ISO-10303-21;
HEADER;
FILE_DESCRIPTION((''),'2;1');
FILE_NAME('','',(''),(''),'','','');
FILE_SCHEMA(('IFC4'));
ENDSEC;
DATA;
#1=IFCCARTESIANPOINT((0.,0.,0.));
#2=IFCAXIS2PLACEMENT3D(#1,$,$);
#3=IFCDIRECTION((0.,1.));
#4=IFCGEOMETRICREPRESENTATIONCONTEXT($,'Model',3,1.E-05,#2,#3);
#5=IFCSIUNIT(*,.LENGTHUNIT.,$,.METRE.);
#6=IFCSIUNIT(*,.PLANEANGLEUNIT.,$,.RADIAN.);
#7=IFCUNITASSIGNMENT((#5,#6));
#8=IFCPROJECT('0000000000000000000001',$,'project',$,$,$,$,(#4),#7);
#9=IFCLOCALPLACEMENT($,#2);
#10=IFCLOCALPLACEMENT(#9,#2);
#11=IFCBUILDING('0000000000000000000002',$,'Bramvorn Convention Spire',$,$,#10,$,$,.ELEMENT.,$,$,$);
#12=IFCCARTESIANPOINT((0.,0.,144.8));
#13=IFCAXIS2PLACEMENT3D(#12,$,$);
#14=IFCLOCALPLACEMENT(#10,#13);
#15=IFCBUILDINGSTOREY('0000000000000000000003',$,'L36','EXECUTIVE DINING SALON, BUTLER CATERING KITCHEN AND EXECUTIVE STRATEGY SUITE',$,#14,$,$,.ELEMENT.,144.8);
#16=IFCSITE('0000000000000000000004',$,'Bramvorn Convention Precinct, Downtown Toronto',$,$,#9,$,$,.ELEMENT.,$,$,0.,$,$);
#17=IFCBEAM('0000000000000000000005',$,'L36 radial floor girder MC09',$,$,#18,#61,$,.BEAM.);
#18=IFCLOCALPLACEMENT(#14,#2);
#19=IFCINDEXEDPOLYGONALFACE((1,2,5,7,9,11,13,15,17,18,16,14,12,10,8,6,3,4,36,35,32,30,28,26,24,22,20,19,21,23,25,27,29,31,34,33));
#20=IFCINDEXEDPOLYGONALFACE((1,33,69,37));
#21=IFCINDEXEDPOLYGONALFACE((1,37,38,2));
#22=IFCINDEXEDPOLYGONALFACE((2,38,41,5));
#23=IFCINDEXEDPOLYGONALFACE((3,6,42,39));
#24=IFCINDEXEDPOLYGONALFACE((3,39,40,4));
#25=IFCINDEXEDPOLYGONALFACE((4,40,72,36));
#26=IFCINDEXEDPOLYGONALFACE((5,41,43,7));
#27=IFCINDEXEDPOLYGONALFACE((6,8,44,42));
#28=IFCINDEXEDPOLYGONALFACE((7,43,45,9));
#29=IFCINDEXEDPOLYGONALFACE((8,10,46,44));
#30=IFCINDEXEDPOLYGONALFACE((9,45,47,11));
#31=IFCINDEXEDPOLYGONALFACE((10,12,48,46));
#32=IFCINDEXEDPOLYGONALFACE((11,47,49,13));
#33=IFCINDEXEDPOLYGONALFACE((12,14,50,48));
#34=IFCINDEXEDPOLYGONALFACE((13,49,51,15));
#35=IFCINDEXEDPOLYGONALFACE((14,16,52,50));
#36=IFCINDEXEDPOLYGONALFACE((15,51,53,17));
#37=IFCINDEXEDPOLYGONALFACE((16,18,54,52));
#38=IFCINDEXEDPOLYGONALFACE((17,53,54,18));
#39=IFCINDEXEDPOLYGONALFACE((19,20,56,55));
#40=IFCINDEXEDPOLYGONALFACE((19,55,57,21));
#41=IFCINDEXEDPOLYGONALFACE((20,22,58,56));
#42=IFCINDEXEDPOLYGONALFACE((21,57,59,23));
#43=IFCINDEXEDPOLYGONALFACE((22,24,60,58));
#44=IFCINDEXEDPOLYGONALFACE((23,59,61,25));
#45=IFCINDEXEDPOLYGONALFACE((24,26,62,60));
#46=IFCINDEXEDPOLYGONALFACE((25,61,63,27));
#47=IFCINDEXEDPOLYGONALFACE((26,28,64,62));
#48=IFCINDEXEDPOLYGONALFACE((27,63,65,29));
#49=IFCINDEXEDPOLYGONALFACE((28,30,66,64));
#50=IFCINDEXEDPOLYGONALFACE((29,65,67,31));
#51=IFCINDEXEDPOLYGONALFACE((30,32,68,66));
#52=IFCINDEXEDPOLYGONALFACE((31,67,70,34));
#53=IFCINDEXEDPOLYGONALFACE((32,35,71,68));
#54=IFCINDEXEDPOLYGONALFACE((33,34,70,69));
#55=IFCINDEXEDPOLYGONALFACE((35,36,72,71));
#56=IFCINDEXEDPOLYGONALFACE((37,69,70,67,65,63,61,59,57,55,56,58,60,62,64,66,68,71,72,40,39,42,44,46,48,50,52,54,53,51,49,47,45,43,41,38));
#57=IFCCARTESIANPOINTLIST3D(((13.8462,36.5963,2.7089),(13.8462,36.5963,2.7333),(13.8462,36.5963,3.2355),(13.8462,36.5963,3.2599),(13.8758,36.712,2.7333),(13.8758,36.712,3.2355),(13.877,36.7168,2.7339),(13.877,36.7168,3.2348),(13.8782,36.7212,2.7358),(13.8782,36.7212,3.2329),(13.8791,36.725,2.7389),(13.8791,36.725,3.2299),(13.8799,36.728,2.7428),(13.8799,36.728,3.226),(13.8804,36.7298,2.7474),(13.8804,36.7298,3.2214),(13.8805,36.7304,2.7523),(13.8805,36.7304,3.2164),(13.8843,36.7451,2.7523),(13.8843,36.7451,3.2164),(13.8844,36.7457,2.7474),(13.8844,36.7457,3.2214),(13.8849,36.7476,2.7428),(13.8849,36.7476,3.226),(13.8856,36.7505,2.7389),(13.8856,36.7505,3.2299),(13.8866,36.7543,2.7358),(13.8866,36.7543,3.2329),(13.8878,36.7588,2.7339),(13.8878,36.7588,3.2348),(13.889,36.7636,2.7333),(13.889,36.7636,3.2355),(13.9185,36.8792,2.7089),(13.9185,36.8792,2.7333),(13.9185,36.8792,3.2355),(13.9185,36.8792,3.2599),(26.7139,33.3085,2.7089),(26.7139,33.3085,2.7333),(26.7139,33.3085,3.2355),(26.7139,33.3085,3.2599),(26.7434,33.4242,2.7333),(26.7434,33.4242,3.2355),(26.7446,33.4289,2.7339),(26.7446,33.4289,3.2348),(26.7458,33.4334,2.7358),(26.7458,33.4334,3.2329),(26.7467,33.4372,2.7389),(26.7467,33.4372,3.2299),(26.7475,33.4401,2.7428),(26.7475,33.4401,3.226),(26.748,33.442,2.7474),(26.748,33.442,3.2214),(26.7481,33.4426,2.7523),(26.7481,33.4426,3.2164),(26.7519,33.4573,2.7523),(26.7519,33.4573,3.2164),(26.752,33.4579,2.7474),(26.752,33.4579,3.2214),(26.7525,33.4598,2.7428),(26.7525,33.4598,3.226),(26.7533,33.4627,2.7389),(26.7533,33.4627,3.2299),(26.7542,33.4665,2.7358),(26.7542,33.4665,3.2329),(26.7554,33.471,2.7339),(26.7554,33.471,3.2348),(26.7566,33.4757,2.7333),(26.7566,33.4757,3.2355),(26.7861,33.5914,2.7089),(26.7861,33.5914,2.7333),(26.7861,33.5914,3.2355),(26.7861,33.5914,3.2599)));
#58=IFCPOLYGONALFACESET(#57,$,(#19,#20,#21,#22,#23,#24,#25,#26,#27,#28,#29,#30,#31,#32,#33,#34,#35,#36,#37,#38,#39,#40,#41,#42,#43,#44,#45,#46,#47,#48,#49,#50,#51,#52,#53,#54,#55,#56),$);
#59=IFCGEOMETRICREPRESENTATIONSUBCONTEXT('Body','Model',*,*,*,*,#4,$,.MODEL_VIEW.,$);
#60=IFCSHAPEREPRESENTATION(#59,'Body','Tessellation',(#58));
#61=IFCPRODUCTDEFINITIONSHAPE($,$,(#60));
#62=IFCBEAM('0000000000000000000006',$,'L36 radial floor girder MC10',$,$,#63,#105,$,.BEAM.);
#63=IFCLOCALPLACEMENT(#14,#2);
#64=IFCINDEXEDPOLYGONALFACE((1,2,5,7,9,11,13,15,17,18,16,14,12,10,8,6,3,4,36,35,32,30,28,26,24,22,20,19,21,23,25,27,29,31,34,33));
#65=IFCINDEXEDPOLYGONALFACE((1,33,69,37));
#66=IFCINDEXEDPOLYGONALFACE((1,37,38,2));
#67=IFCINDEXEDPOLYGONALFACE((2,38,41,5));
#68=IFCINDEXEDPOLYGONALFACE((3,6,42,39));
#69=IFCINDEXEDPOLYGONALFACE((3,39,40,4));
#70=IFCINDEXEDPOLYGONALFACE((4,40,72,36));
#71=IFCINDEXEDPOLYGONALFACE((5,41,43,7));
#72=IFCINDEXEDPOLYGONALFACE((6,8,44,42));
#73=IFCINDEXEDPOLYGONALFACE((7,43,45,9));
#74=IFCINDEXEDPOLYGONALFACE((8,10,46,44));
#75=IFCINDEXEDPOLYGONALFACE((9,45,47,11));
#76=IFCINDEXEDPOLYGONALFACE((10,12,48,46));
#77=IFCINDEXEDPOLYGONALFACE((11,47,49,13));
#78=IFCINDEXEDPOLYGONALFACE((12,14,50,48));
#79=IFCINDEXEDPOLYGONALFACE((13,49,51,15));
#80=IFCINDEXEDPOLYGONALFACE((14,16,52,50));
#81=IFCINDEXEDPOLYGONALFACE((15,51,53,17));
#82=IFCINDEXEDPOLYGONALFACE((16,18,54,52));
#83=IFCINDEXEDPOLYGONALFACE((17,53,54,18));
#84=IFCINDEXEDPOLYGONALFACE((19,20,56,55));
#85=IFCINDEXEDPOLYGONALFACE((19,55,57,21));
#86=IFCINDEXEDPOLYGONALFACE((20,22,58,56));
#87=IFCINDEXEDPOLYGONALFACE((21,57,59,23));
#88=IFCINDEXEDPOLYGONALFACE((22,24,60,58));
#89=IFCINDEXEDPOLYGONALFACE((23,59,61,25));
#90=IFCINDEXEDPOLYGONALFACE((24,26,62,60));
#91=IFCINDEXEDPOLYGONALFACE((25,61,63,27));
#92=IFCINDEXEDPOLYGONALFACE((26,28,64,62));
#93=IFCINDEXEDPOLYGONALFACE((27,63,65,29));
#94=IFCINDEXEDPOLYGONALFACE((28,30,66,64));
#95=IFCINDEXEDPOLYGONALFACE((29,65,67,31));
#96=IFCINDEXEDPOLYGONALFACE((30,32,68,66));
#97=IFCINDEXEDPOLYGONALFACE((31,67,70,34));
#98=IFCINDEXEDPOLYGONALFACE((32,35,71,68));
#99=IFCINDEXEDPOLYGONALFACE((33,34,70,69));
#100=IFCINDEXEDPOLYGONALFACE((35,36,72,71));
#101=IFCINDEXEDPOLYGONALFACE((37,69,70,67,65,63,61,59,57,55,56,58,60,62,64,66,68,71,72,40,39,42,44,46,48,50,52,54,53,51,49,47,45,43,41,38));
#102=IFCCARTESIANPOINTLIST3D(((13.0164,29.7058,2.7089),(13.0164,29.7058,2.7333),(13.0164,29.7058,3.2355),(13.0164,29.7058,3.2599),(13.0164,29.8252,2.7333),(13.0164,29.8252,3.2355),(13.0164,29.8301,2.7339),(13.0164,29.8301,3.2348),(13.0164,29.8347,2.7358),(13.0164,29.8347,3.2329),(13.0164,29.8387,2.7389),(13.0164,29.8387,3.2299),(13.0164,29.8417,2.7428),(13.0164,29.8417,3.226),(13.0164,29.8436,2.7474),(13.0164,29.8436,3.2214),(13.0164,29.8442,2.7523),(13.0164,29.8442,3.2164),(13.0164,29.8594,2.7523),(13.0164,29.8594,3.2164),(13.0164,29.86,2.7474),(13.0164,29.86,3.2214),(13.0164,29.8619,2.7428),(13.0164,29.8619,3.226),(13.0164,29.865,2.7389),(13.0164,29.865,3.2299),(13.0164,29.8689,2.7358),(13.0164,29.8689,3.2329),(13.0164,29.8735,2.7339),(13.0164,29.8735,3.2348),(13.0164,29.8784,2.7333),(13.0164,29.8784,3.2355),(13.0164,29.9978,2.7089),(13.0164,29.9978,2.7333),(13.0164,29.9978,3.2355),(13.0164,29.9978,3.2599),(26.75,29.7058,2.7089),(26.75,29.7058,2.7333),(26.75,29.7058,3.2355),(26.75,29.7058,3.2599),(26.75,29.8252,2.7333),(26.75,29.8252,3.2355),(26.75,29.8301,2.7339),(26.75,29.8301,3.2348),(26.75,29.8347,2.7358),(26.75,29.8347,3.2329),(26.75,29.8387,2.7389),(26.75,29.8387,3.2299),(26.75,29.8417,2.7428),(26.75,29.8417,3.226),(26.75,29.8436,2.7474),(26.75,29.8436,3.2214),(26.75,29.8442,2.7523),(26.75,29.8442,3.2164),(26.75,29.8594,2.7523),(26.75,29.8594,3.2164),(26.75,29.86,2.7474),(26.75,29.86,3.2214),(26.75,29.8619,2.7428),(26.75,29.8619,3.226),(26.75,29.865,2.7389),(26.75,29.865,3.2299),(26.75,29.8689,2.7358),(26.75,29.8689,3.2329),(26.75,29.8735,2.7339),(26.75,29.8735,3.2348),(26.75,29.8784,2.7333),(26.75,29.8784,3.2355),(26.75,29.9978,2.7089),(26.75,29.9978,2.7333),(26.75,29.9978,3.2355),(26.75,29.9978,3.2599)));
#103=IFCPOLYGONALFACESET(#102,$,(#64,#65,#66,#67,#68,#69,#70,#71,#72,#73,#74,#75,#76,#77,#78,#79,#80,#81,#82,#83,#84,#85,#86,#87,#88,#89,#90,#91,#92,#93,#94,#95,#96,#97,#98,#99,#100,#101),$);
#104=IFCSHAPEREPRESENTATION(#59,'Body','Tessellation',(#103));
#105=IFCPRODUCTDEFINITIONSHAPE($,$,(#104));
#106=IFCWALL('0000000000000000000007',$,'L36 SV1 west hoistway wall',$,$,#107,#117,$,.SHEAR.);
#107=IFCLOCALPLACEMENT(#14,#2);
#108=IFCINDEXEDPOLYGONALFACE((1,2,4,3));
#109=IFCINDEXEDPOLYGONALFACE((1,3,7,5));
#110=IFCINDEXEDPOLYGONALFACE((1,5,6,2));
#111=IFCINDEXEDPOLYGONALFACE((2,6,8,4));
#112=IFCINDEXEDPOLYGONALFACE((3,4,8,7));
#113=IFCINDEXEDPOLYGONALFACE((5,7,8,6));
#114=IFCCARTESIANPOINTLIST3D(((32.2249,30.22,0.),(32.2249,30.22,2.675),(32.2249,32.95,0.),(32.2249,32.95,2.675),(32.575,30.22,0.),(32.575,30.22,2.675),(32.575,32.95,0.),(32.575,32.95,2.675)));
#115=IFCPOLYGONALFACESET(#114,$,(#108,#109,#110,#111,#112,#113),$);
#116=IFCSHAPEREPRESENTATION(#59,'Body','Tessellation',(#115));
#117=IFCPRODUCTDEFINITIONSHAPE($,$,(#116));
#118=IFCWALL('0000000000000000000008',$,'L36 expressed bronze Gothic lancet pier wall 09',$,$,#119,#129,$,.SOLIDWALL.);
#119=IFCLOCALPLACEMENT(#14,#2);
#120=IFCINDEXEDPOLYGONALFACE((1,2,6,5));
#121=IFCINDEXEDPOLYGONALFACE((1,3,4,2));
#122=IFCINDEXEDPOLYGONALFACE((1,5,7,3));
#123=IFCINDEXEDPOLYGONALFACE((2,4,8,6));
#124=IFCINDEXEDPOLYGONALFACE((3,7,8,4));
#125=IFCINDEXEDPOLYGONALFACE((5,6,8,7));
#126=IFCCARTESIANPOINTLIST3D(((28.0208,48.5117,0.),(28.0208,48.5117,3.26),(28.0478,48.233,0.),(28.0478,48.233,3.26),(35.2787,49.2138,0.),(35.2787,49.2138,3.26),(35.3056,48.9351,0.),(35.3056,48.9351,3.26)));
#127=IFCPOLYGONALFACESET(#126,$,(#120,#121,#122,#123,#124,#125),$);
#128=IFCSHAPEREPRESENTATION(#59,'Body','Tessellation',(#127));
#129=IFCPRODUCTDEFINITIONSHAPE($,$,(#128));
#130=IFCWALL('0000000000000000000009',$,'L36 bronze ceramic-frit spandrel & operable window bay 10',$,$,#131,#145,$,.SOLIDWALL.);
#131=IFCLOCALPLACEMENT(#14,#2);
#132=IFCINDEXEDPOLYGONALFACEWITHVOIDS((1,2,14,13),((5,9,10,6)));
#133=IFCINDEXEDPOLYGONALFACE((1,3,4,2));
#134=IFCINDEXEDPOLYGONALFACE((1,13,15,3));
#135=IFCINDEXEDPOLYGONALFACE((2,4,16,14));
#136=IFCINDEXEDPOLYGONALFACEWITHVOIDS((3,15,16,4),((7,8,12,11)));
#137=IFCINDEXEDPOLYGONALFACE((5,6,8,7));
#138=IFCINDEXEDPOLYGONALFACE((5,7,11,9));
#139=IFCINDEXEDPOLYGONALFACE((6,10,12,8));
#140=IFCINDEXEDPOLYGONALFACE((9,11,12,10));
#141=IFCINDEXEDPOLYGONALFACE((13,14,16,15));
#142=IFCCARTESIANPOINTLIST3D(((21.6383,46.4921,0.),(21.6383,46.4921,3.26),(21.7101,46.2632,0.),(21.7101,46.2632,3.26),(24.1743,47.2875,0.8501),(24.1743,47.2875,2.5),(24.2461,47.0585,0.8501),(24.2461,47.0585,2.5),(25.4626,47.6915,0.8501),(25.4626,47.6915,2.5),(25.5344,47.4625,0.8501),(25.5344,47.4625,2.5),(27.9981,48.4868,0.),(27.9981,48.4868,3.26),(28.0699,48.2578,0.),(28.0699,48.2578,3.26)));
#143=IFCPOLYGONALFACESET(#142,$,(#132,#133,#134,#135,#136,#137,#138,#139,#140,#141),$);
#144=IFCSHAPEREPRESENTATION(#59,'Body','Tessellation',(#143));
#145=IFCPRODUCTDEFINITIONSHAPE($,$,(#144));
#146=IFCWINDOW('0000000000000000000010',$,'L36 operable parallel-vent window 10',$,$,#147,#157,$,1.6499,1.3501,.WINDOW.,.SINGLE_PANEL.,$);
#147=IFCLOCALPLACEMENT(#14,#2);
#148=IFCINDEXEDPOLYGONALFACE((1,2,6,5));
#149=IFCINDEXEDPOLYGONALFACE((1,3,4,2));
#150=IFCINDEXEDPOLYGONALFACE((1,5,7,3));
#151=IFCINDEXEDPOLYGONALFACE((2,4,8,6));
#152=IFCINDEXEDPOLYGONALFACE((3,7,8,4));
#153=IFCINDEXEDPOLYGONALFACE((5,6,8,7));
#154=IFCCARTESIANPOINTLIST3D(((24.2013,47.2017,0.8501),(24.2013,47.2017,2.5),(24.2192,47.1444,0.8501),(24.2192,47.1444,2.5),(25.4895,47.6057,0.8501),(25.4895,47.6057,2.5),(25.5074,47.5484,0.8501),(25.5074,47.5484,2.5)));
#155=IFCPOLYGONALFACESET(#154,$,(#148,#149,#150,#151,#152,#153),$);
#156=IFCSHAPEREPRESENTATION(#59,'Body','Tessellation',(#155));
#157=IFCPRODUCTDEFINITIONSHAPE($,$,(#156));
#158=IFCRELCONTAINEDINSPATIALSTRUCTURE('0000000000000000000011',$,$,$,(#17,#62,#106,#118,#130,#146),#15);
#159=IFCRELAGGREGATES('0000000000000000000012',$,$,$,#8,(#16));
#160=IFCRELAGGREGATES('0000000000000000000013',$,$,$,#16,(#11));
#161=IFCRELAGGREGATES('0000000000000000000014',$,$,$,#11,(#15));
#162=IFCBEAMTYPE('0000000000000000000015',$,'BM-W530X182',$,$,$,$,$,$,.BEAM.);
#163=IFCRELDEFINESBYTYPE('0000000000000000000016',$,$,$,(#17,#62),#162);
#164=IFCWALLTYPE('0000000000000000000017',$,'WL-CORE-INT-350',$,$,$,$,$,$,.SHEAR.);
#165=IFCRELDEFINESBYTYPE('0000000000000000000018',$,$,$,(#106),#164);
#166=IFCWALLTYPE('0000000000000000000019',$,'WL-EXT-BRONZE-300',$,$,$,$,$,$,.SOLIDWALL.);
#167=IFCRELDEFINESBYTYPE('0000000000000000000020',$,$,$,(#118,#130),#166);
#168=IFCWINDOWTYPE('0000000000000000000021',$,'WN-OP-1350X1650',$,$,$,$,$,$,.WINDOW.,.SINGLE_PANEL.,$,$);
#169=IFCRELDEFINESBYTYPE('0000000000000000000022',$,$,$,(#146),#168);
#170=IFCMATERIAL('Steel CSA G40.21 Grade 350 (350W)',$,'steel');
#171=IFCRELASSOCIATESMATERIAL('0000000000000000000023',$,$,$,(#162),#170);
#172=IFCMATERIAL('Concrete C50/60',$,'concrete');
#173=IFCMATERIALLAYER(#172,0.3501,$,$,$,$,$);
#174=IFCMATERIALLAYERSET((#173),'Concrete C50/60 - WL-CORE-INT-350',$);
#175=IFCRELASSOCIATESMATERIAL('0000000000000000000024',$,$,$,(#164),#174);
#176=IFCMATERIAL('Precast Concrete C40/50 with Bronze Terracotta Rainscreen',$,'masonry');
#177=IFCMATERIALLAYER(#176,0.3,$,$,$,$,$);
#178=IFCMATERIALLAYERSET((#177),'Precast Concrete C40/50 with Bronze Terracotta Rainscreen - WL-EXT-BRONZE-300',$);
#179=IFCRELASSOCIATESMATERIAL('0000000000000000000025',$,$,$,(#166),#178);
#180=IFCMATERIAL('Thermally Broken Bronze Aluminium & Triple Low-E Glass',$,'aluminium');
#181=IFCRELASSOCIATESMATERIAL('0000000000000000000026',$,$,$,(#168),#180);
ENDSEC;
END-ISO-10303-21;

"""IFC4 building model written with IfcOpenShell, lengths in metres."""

from ifc_helpers import new_model, si_unit, direction, frame, frame_2d, origin, origin_2d, place, context, subcontext, project, spatial, rectangle, i_section, extrude, material, layer, layer_set, material_profile, profile_set, type_object, element, fill, save


model = new_model("IFC4")

# Units and contexts
model_context = context("Model", 3, precision=1e-05, world=origin(), true_north=direction((0.0, 1.0)))
body_context = subcontext(model_context, "Body", "Model", "MODEL_VIEW")
ifc_project = project(units=[si_unit("LENGTHUNIT", "METRE"), si_unit("PLANEANGLEUNIT", "RADIAN")], contexts=[model_context])

# Site, building, storey
site_placement = place(None, origin())
site = spatial("IfcSite", under=ifc_project, at=site_placement, Name="Bramvorn Convention Precinct, Downtown Toronto", CompositionType="ELEMENT", RefElevation=0.0)
building_placement = place(site_placement, origin())
building = spatial("IfcBuilding", under=site, at=building_placement, Name="Bramvorn Convention Spire", CompositionType="ELEMENT")
storey_placement = place(building_placement, frame((0.0, 0.0, 144.8)))
storey = spatial("IfcBuildingStorey", under=building, at=storey_placement, Name="L36", Description="EXECUTIVE DINING SALON, BUTLER CATERING KITCHEN AND EXECUTIVE STRATEGY SUITE", CompositionType="ELEMENT", Elevation=144.8)

# Shared definitions
ifc_material_1 = material(Name="Steel CSA G40.21 Grade 350 (350W)", Category="steel")

# Beams
ifc_material_profile_1 = material_profile(ifc_material_1, i_section(OverallWidth=0.292, OverallDepth=0.551, WebThickness=0.0151, FlangeThickness=0.0244, FilletRadius=0.019, at=origin_2d()))
ifc_profile_set_1 = profile_set([ifc_material_profile_1], Name="Steel CSA G40.21 Grade 350 (350W) - W530X182")
beam_type_1 = type_object("IfcBeamType", Name="BM-W530X182", PredefinedType="BEAM", material=ifc_profile_set_1)
beam_1_placement = place(storey_placement, frame((26.75, 33.45, 2.9844), z_axis=(-0.968873, 0.247558, 0.0), x_axis=(-0.247558, -0.968873, 0.0)))
element("IfcBeam", 1, at=beam_1_placement, inside=storey, type_object=beam_type_1, Name="L36 radial floor girder MC09", PredefinedType="BEAM", context=body_context, shape_type="SweptSolid", body=[
    extrude(i_section(OverallWidth=0.292, OverallDepth=0.551, WebThickness=0.0151, FlangeThickness=0.0244, FilletRadius=0.019, at=origin_2d()), origin(), (0.0, 0.0, 1.0), 13.281),
])
beam_2_placement = place(storey_placement, frame((26.75, 29.8518, 2.9844), z_axis=(-1.0, 0.0, 0.0), x_axis=(0.0, -1.0, 0.0)))
element("IfcBeam", 2, at=beam_2_placement, inside=storey, type_object=beam_type_1, Name="L36 radial floor girder MC10", PredefinedType="BEAM", context=body_context, shape_type="SweptSolid", body=[
    extrude(i_section(OverallWidth=0.292, OverallDepth=0.551, WebThickness=0.0151, FlangeThickness=0.0244, FilletRadius=0.019, at=origin_2d()), origin(), (0.0, 0.0, 1.0), 13.7336),
])

# Shared definitions
ifc_material_2 = material(Name="Concrete C50/60", Category="concrete")
ifc_layer_1 = layer(ifc_material_2, 0.3501)
ifc_layer_set_1 = layer_set([ifc_layer_1], Name="Concrete C50/60 - WL-CORE-INT-350")
wall_type_1 = type_object("IfcWallType", Name="WL-CORE-INT-350", PredefinedType="SHEAR", material=ifc_layer_set_1)

# Walls
wall_1_placement = place(storey_placement, frame((32.3999, 30.22, 0.0), z_axis=(0.0, 0.0, 1.0), x_axis=(0.0, 1.0, 0.0)))
element("IfcWall", 3, at=wall_1_placement, inside=storey, type_object=wall_type_1, Name="L36 SV1 west hoistway wall", PredefinedType="SHEAR", context=body_context, shape_type="SweptSolid", body=[
    extrude(rectangle(XDim=2.73, YDim=0.3501, at=frame_2d((1.365, 0.0))), origin(), (0.0, 0.0, 1.0), 2.675),
])
ifc_material_3 = material(Name="Precast Concrete C40/50 with Bronze Terracotta Rainscreen", Category="masonry")
ifc_layer_2 = layer(ifc_material_3, 0.3)
ifc_layer_set_2 = layer_set([ifc_layer_2], Name="Precast Concrete C40/50 with Bronze Terracotta Rainscreen - WL-EXT-BRONZE-300")
wall_type_2 = type_object("IfcWallType", Name="WL-EXT-BRONZE-300", PredefinedType="SOLIDWALL", material=ifc_layer_set_2)
wall_2_placement = place(storey_placement, frame((28.0342, 48.3723, 0.0), z_axis=(0.0, 0.0, 1.0), x_axis=(0.995353, 0.096294, 0.0)))
element("IfcWall", 4, at=wall_2_placement, inside=storey, type_object=wall_type_2, Name="L36 expressed bronze Gothic lancet pier wall 09", PredefinedType="SOLIDWALL", context=body_context, shape_type="SweptSolid", body=[
    extrude(rectangle(XDim=7.2917, YDim=0.28, at=frame_2d((3.646, 0.0))), origin(), (0.0, 0.0, 1.0), 3.26),
])

# Wall, opening, window
wall_3_placement = place(storey_placement, frame((21.6743, 46.3777, 0.0), z_axis=(0.0, 0.0, 1.0), x_axis=(0.954173, 0.299255, 0.0)))
wall_3 = element("IfcWall", 5, at=wall_3_placement, inside=storey, type_object=wall_type_2, Name="L36 bronze ceramic-frit spandrel & operable window bay 10", PredefinedType="SOLIDWALL", context=body_context, shape_type="SweptSolid", body=[
    extrude(rectangle(XDim=6.6653, YDim=0.24, at=frame_2d((3.3325, 0.0))), origin(), (0.0, 0.0, 1.0), 3.26),
])
opening_1_placement = place(wall_3_placement, frame((2.6577, 0.0, 0.8501)))
opening_1 = element("IfcOpeningElement", 6, at=opening_1_placement, cuts=wall_3, PredefinedType="OPENING", context=body_context, shape_type="SweptSolid", body=[
    extrude(rectangle(XDim=1.3501, YDim=1.6499, at=frame_2d((0.675, 0.825))), frame((0.0, 0.1299, 0.0), z_axis=(0.0, -1.0, 0.0), x_axis=(1.0, 0.0, 0.0)), (0.0, 0.0, 1.0), 0.26),
])
ifc_material_4 = material(Name="Thermally Broken Bronze Aluminium & Triple Low-E Glass", Category="aluminium")
window_type = type_object("IfcWindowType", Name="WN-OP-1350X1650", PartitioningType="SINGLE_PANEL", PredefinedType="WINDOW", material=ifc_material_4)
window_placement = place(opening_1_placement, origin())
window = element("IfcWindow", 7, at=window_placement, inside=storey, type_object=window_type, Name="L36 operable parallel-vent window 10", OverallHeight=1.6499, OverallWidth=1.3501, PartitioningType="SINGLE_PANEL", PredefinedType="WINDOW", context=body_context, shape_type="SweptSolid", body=[
    extrude(rectangle(XDim=1.3501, YDim=1.6499, at=frame_2d((0.675, 0.825))), frame((0.0, 0.03, 0.0), z_axis=(0.0, -1.0, 0.0), x_axis=(1.0, 0.0, 0.0)), (0.0, 0.0, 1.0), 0.0601),
])
fill(opening_1, window)

save(model, "model.ifc")
